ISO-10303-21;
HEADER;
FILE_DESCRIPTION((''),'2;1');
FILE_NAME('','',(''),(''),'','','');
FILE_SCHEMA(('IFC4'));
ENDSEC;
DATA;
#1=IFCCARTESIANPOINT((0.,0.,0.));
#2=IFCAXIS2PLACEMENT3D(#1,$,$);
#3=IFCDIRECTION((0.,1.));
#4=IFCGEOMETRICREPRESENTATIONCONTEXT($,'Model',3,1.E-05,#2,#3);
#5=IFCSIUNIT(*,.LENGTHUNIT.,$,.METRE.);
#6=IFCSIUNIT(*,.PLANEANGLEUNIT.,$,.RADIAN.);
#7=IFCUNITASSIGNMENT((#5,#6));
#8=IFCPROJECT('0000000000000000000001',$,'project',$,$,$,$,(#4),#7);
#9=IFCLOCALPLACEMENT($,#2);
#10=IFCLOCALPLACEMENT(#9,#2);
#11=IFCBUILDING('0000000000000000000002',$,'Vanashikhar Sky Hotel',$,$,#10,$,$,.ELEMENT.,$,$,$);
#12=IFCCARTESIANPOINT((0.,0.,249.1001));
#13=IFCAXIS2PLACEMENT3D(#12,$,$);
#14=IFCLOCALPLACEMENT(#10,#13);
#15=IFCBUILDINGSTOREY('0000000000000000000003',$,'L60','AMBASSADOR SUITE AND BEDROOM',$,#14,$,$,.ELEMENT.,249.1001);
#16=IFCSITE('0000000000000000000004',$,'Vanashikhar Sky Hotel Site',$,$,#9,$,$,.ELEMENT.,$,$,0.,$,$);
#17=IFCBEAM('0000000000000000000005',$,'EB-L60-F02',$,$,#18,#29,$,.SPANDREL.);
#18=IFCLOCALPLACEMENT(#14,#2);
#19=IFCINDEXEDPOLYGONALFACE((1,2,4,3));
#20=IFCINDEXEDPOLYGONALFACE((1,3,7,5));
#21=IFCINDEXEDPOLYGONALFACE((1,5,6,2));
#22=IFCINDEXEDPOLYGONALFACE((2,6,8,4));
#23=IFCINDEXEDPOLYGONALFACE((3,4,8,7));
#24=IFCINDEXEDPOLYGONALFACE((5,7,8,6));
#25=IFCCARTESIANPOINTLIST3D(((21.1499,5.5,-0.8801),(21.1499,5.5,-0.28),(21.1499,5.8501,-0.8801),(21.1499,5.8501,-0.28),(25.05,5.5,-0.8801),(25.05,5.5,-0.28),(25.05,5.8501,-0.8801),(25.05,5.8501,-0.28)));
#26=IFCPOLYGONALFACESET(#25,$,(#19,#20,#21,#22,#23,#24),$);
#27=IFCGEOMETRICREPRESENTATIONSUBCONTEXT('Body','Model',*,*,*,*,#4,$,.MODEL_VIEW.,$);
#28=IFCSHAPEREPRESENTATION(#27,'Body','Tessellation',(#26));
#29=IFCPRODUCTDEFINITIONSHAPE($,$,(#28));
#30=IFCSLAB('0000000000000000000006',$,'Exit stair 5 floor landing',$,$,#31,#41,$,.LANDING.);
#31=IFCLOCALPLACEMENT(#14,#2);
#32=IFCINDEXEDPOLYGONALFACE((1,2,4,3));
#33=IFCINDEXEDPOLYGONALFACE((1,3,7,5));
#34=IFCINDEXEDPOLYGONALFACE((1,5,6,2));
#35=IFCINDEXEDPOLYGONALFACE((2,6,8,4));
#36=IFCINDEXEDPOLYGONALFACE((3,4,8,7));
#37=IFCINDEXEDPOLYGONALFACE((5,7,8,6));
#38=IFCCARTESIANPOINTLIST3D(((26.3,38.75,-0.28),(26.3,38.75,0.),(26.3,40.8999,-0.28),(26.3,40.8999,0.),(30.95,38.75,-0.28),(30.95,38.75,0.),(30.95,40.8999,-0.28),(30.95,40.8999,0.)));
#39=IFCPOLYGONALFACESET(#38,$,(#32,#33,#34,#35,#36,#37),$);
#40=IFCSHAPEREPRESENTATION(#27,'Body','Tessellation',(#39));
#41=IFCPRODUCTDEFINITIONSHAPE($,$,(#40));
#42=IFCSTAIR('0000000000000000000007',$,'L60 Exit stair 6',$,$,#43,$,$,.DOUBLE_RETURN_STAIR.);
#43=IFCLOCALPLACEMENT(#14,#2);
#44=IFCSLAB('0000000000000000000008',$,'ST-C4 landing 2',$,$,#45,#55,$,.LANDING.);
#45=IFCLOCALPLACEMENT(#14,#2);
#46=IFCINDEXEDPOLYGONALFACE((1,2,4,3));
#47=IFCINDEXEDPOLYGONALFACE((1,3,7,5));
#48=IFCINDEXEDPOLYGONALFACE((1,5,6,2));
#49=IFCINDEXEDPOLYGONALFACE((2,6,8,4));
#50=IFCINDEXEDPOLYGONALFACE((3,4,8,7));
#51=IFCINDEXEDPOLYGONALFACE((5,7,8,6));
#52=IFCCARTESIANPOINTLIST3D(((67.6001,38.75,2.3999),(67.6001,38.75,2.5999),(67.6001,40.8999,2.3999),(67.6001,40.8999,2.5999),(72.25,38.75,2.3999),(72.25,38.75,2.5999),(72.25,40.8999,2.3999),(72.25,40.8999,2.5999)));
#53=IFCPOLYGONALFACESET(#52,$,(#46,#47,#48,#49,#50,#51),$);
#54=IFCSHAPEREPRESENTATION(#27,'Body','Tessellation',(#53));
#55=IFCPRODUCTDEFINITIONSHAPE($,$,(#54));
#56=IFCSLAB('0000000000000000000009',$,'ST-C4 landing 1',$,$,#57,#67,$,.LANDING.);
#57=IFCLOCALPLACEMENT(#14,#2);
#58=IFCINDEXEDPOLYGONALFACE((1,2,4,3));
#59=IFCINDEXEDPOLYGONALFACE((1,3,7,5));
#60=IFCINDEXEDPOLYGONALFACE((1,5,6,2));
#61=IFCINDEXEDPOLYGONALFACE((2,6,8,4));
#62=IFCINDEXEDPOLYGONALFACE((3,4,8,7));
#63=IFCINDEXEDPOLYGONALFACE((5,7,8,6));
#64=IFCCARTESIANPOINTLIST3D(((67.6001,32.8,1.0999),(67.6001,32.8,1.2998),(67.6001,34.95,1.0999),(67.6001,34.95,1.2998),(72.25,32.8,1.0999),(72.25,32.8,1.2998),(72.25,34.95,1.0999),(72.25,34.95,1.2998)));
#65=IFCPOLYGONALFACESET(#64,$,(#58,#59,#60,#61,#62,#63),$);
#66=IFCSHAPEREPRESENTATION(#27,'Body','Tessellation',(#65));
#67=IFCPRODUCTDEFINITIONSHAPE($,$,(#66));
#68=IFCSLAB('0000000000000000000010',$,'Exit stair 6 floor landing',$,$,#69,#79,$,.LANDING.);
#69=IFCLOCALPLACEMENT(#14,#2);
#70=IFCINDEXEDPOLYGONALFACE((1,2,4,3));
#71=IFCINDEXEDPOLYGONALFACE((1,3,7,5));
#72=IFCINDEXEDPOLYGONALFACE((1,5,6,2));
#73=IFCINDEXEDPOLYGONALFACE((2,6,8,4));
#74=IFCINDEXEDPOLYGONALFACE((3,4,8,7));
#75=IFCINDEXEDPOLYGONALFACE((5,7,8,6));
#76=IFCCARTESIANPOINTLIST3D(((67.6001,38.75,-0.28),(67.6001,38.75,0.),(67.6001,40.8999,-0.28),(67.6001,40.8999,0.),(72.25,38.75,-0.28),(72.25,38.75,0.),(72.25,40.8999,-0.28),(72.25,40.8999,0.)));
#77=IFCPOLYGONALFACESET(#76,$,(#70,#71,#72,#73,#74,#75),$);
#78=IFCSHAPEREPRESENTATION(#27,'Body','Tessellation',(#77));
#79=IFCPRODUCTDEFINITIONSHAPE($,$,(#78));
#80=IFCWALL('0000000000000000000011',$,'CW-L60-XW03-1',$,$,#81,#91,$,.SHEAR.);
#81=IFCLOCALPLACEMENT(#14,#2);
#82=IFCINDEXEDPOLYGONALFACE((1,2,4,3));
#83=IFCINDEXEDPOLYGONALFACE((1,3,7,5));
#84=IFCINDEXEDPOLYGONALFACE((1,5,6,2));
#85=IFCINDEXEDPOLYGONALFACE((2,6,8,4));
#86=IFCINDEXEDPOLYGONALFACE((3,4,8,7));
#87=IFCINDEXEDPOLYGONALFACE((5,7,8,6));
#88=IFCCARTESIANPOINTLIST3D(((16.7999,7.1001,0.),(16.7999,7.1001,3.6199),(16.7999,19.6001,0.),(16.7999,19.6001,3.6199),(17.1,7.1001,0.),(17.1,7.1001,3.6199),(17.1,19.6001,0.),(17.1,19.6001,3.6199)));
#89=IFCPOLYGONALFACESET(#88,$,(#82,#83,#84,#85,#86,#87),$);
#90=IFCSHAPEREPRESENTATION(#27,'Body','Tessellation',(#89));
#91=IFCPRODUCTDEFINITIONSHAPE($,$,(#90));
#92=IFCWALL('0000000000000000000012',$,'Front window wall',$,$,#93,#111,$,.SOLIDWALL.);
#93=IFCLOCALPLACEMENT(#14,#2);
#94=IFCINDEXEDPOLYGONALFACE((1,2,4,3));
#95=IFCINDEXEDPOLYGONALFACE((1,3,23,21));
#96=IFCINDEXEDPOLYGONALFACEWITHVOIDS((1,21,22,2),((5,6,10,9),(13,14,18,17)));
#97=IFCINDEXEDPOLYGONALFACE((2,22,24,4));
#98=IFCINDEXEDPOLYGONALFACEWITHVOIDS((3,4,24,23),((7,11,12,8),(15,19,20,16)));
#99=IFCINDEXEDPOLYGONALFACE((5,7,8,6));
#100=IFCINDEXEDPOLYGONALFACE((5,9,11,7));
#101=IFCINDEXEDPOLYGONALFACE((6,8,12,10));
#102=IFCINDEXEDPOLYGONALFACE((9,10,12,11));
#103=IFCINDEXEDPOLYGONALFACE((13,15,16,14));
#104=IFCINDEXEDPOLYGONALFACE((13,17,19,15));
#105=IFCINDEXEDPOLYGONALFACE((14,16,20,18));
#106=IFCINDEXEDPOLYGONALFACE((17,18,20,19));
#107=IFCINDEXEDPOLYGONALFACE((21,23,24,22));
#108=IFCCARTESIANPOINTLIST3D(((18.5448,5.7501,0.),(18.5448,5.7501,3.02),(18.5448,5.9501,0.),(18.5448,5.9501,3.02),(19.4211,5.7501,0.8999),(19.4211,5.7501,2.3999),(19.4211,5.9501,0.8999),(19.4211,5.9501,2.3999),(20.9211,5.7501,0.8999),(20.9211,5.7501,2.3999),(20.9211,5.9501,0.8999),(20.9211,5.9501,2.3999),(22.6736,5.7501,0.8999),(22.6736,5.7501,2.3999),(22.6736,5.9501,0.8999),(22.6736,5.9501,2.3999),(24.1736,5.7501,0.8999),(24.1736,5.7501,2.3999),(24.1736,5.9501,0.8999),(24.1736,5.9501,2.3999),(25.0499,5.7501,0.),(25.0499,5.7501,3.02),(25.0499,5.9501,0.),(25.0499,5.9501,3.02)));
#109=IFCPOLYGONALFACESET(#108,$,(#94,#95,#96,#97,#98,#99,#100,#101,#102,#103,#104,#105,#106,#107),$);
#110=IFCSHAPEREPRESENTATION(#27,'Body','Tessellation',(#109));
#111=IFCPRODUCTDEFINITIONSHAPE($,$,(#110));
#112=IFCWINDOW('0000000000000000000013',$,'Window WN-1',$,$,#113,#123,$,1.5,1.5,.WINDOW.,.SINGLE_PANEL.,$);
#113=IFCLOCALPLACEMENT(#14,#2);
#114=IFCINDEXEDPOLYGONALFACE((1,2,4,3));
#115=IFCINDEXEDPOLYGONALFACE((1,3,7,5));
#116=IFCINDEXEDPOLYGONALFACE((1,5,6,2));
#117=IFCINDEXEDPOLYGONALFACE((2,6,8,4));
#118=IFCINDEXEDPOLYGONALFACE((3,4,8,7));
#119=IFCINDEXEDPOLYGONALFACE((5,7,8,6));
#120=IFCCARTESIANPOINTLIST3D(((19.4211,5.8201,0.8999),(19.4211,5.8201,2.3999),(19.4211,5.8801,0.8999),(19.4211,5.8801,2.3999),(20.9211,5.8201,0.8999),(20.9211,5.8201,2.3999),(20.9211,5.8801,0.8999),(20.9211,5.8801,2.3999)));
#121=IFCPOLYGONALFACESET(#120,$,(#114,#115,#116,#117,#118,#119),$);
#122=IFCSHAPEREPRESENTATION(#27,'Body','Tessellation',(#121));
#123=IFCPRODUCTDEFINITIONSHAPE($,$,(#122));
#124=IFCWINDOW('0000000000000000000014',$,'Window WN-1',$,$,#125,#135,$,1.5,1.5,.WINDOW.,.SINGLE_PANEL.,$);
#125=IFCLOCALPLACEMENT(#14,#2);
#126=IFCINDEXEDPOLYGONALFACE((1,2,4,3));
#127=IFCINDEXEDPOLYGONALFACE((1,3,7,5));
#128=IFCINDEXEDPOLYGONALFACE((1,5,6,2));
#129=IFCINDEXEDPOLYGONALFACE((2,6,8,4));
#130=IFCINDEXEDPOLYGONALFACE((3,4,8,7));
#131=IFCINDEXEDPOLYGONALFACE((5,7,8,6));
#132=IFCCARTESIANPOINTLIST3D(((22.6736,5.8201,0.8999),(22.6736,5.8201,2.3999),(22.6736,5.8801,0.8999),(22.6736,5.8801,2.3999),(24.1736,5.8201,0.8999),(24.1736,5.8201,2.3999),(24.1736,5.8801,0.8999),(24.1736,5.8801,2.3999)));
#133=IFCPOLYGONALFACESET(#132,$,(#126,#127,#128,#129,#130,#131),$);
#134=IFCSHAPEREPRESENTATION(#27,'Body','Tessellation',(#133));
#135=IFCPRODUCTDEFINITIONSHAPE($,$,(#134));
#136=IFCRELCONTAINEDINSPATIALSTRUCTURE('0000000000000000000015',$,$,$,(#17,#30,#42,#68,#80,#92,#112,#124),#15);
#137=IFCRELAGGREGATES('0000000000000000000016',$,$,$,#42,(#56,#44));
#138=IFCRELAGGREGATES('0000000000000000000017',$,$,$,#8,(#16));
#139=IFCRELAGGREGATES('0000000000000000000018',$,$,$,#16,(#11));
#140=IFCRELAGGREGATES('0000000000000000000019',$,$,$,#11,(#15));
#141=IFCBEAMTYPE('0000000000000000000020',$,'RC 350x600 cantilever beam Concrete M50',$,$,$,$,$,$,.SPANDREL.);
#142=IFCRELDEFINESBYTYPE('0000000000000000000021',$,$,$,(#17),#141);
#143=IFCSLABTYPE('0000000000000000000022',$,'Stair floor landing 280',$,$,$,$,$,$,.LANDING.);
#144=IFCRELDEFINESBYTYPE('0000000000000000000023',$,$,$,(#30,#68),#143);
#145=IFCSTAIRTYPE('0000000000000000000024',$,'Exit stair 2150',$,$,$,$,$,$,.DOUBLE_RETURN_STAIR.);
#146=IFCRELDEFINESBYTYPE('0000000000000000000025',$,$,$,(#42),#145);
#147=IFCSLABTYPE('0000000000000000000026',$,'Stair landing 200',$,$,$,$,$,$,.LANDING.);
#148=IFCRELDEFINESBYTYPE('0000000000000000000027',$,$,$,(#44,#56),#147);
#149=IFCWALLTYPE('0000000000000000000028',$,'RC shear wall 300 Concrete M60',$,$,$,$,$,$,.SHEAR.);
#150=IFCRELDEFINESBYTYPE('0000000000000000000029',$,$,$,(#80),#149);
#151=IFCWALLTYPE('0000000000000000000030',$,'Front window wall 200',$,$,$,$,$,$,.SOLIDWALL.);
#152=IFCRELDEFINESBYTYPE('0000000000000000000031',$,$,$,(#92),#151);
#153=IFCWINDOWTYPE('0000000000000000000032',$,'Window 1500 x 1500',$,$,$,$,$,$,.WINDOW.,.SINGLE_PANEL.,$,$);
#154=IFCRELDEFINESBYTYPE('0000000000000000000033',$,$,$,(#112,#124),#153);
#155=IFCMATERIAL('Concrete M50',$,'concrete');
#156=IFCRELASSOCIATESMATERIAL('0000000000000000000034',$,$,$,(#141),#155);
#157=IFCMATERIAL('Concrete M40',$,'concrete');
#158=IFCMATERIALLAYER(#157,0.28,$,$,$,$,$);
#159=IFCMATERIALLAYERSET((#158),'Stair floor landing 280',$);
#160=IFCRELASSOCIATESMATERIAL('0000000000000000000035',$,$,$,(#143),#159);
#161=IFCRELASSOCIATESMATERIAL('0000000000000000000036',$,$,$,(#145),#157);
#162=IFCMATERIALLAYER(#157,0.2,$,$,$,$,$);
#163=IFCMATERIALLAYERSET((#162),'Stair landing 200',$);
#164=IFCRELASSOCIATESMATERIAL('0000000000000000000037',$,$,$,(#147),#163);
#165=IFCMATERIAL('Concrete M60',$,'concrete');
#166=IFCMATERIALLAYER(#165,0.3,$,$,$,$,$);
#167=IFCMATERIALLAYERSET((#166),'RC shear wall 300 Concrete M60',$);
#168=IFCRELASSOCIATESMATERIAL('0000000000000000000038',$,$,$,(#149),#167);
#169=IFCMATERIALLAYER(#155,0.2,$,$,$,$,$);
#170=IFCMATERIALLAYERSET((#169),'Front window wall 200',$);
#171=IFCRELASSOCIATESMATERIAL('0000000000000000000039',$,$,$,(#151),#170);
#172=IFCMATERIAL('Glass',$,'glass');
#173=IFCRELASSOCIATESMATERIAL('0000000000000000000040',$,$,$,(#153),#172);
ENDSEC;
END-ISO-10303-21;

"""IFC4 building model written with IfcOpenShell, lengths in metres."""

from ifc_helpers import new_model, si_unit, direction, frame, frame_2d, origin, origin_2d, place, context, subcontext, project, spatial, polyline, rectangle, outline, extrude, source, transform, mapped, material, layer, layer_set, material_profile, profile_set, type_object, element, fill, aggregate, save


model = new_model("IFC4")

# Units and contexts
model_context = context("Model", 3, precision=1e-05, world=origin(), true_north=direction((0.0, 1.0)))
body_context = subcontext(model_context, "Body", "Model", "MODEL_VIEW")
ifc_project = project(units=[si_unit("LENGTHUNIT", "METRE"), si_unit("PLANEANGLEUNIT", "RADIAN")], contexts=[model_context])

# Site, building, storey
site_placement = place(None, origin())
site = spatial("IfcSite", under=ifc_project, at=site_placement, Name="Vanashikhar Sky Hotel Site", CompositionType="ELEMENT", RefElevation=0.0)
building_placement = place(site_placement, origin())
building = spatial("IfcBuilding", under=site, at=building_placement, Name="Vanashikhar Sky Hotel", CompositionType="ELEMENT")
storey_placement = place(building_placement, frame((0.0, 0.0, 249.1001)))
storey = spatial("IfcBuildingStorey", under=building, at=storey_placement, Name="L60", Description="AMBASSADOR SUITE AND BEDROOM", CompositionType="ELEMENT", Elevation=249.1001)

# Beam
ifc_material_1 = material(Name="Concrete M50", Category="concrete")
ifc_material_profile = material_profile(ifc_material_1, rectangle(XDim=0.3501, YDim=0.6001, at=origin_2d()))
ifc_profile_set = profile_set([ifc_material_profile], Name="RC 350x600 cantilever beam Concrete M50")
beam_type = type_object("IfcBeamType", Name="RC 350x600 cantilever beam Concrete M50", PredefinedType="SPANDREL", material=ifc_profile_set)
shared_shape_1 = source(origin(), body_context, "Body", "SweptSolid", [
    extrude(rectangle(XDim=0.3501, YDim=0.6001, at=origin_2d()), origin(), (0.0, 0.0, 1.0), 3.9001),
])
beam_placement = place(storey_placement, frame((21.1499, 5.675, -0.5801), z_axis=(1.0, 0.0, 0.0), x_axis=(0.0, 1.0, 0.0)))
element("IfcBeam", 1, at=beam_placement, inside=storey, type_object=beam_type, Name="EB-L60-F02", PredefinedType="SPANDREL", context=body_context, shape_type="MappedRepresentation", body=[
    mapped(shared_shape_1, transform((0.0, 0.0, 0.0), scale=1.0)),
])

# Slab
ifc_material_2 = material(Name="Concrete M40", Category="concrete")
ifc_layer_1 = layer(ifc_material_2, 0.28)
ifc_layer_set_1 = layer_set([ifc_layer_1], Name="Stair floor landing 280")
slab_type_1 = type_object("IfcSlabType", Name="Stair floor landing 280", PredefinedType="LANDING", material=ifc_layer_set_1)
shared_shape_2 = source(origin(), body_context, "Body", "SweptSolid", [
    extrude(outline(polyline([(30.95, 38.75), (30.95, 40.8999), (26.3, 40.8999), (26.3, 38.75), (30.95, 38.75)])), origin(), (0.0, 0.0, 1.0), 0.28),
])
slab_1_placement = place(storey_placement, frame((0.0, 0.0, -0.28)))
element("IfcSlab", 2, at=slab_1_placement, inside=storey, type_object=slab_type_1, Name="Exit stair 5 floor landing", PredefinedType="LANDING", context=body_context, shape_type="MappedRepresentation", body=[
    mapped(shared_shape_2, transform((0.0, 0.0, 0.0), scale=1.0)),
])

# Stair, slabs
stair_type = type_object("IfcStairType", Name="Exit stair 2150", PredefinedType="DOUBLE_RETURN_STAIR", material=ifc_material_2)
stair_placement = place(storey_placement, origin())
stair = element("IfcStair", 3, at=stair_placement, inside=storey, type_object=stair_type, Name="L60 Exit stair 6", PredefinedType="DOUBLE_RETURN_STAIR")
ifc_layer_2 = layer(ifc_material_2, 0.2)
ifc_layer_set_2 = layer_set([ifc_layer_2], Name="Stair landing 200")
slab_type_2 = type_object("IfcSlabType", Name="Stair landing 200", PredefinedType="LANDING", material=ifc_layer_set_2)
shared_shape_3 = source(origin(), body_context, "Body", "SweptSolid", [
    extrude(outline(polyline([(72.25, 38.75), (72.25, 40.8999), (67.6001, 40.8999), (67.6001, 38.75), (72.25, 38.75)])), origin(), (0.0, 0.0, 1.0), 0.2),
])
slab_2_placement = place(storey_placement, frame((0.0, 0.0, 2.3999)))
slab_2 = element("IfcSlab", 4, at=slab_2_placement, type_object=slab_type_2, Name="ST-C4 landing 2", PredefinedType="LANDING", context=body_context, shape_type="MappedRepresentation", body=[
    mapped(shared_shape_3, transform((0.0, 0.0, 0.0), scale=1.0)),
])
shared_shape_4 = source(origin(), body_context, "Body", "SweptSolid", [
    extrude(outline(polyline([(72.25, 32.8), (72.25, 34.95), (67.6001, 34.95), (67.6001, 32.8), (72.25, 32.8)])), origin(), (0.0, 0.0, 1.0), 0.2),
])
slab_3_placement = place(storey_placement, frame((0.0, 0.0, 1.0999)))
slab_3 = element("IfcSlab", 5, at=slab_3_placement, type_object=slab_type_2, Name="ST-C4 landing 1", PredefinedType="LANDING", context=body_context, shape_type="MappedRepresentation", body=[
    mapped(shared_shape_4, transform((0.0, 0.0, 0.0), scale=1.0)),
])
aggregate(stair, [slab_3, slab_2])

# Slab
shared_shape_5 = source(origin(), body_context, "Body", "SweptSolid", [
    extrude(outline(polyline([(72.25, 38.75), (72.25, 40.8999), (67.6001, 40.8999), (67.6001, 38.75), (72.25, 38.75)])), origin(), (0.0, 0.0, 1.0), 0.28),
])
slab_4_placement = place(storey_placement, frame((0.0, 0.0, -0.28)))
element("IfcSlab", 6, at=slab_4_placement, inside=storey, type_object=slab_type_1, Name="Exit stair 6 floor landing", PredefinedType="LANDING", context=body_context, shape_type="MappedRepresentation", body=[
    mapped(shared_shape_5, transform((0.0, 0.0, 0.0), scale=1.0)),
])

# Wall
ifc_material_3 = material(Name="Concrete M60", Category="concrete")
ifc_layer_3 = layer(ifc_material_3, 0.3)
ifc_layer_set_3 = layer_set([ifc_layer_3], Name="RC shear wall 300 Concrete M60")
wall_type_1 = type_object("IfcWallType", Name="RC shear wall 300 Concrete M60", PredefinedType="SHEAR", material=ifc_layer_set_3)
shared_shape_6 = source(origin(), body_context, "Body", "SweptSolid", [
    extrude(rectangle(XDim=12.5, YDim=0.3, at=frame_2d((6.25, 0.0))), origin(), (0.0, 0.0, 1.0), 3.6199),
])
wall_1_placement = place(storey_placement, frame((16.95, 7.1001, 0.0), z_axis=(0.0, 0.0, 1.0), x_axis=(0.0, 1.0, 0.0)))
element("IfcWall", 7, at=wall_1_placement, inside=storey, type_object=wall_type_1, Name="CW-L60-XW03-1", PredefinedType="SHEAR", context=body_context, shape_type="MappedRepresentation", body=[
    mapped(shared_shape_6, transform((0.0, 0.0, 0.0), scale=1.0)),
])

# Wall, openings, windows
ifc_layer_4 = layer(ifc_material_1, 0.2)
ifc_layer_set_4 = layer_set([ifc_layer_4], Name="Front window wall 200")
wall_type_2 = type_object("IfcWallType", Name="Front window wall 200", PredefinedType="SOLIDWALL", material=ifc_layer_set_4)
shared_shape_7 = source(origin(), body_context, "Body", "SweptSolid", [
    extrude(rectangle(XDim=6.5051, YDim=0.2, at=frame_2d((3.2524, 0.0))), origin(), (0.0, 0.0, 1.0), 3.02),
])
wall_2_placement = place(storey_placement, frame((18.5449, 5.8501, 0.0), z_axis=(0.0, 0.0, 1.0), x_axis=(1.0, 0.0, 0.0)))
wall_2 = element("IfcWall", 8, at=wall_2_placement, inside=storey, type_object=wall_type_2, Name="Front window wall", PredefinedType="SOLIDWALL", context=body_context, shape_type="MappedRepresentation", body=[
    mapped(shared_shape_7, transform((0.0, 0.0, 0.0), scale=1.0)),
])
shared_shape_8 = source(origin(), body_context, "Body", "SweptSolid", [
    extrude(rectangle(XDim=1.5, YDim=1.5, at=frame_2d((0.75, 0.75))), frame((0.0, 0.1099, 0.0), z_axis=(0.0, -1.0, 0.0), x_axis=(1.0, 0.0, 0.0)), (0.0, 0.0, 1.0), 0.22),
])
opening_1_placement = place(wall_2_placement, frame((0.8762, 0.0, 0.8999)))
opening_1 = element("IfcOpeningElement", 9, at=opening_1_placement, cuts=wall_2, PredefinedType="OPENING", context=body_context, shape_type="MappedRepresentation", body=[
    mapped(shared_shape_8, transform((0.0, 0.0, 0.0), scale=1.0)),
])
opening_2_placement = place(wall_2_placement, frame((4.1287, 0.0, 0.8999)))
opening_2 = element("IfcOpeningElement", 10, at=opening_2_placement, cuts=wall_2, PredefinedType="OPENING", context=body_context, shape_type="MappedRepresentation", body=[
    mapped(shared_shape_8, transform((0.0, 0.0, 0.0), scale=1.0)),
])
ifc_material_4 = material(Name="Glass", Category="glass")
window_type_1 = type_object("IfcWindowType", Name="Window 1500 x 1500", PartitioningType="SINGLE_PANEL", PredefinedType="WINDOW", material=ifc_material_4)
shared_shape_9 = source(origin(), body_context, "Body", "SweptSolid", [
    extrude(rectangle(XDim=1.5, YDim=1.5, at=frame_2d((0.75, 0.75))), frame((0.0, 0.03, 0.0), z_axis=(0.0, -1.0, 0.0), x_axis=(1.0, 0.0, 0.0)), (0.0, 0.0, 1.0), 0.0601),
])
window_1_placement = place(opening_1_placement, origin())
window_1 = element("IfcWindow", 11, at=window_1_placement, inside=storey, type_object=window_type_1, Name="Window WN-1", OverallHeight=1.5, OverallWidth=1.5, PartitioningType="SINGLE_PANEL", PredefinedType="WINDOW", context=body_context, shape_type="MappedRepresentation", body=[
    mapped(shared_shape_9, transform((0.0, 0.0, 0.0), scale=1.0)),
])
fill(opening_1, window_1)
window_2_placement = place(opening_2_placement, origin())
window_2 = element("IfcWindow", 12, at=window_2_placement, inside=storey, type_object=window_type_1, Name="Window WN-1", OverallHeight=1.5, OverallWidth=1.5, PartitioningType="SINGLE_PANEL", PredefinedType="WINDOW", context=body_context, shape_type="MappedRepresentation", body=[
    mapped(shared_shape_9, transform((0.0, 0.0, 0.0), scale=1.0)),
])
fill(opening_2, window_2)

save(model, "model.ifc")
